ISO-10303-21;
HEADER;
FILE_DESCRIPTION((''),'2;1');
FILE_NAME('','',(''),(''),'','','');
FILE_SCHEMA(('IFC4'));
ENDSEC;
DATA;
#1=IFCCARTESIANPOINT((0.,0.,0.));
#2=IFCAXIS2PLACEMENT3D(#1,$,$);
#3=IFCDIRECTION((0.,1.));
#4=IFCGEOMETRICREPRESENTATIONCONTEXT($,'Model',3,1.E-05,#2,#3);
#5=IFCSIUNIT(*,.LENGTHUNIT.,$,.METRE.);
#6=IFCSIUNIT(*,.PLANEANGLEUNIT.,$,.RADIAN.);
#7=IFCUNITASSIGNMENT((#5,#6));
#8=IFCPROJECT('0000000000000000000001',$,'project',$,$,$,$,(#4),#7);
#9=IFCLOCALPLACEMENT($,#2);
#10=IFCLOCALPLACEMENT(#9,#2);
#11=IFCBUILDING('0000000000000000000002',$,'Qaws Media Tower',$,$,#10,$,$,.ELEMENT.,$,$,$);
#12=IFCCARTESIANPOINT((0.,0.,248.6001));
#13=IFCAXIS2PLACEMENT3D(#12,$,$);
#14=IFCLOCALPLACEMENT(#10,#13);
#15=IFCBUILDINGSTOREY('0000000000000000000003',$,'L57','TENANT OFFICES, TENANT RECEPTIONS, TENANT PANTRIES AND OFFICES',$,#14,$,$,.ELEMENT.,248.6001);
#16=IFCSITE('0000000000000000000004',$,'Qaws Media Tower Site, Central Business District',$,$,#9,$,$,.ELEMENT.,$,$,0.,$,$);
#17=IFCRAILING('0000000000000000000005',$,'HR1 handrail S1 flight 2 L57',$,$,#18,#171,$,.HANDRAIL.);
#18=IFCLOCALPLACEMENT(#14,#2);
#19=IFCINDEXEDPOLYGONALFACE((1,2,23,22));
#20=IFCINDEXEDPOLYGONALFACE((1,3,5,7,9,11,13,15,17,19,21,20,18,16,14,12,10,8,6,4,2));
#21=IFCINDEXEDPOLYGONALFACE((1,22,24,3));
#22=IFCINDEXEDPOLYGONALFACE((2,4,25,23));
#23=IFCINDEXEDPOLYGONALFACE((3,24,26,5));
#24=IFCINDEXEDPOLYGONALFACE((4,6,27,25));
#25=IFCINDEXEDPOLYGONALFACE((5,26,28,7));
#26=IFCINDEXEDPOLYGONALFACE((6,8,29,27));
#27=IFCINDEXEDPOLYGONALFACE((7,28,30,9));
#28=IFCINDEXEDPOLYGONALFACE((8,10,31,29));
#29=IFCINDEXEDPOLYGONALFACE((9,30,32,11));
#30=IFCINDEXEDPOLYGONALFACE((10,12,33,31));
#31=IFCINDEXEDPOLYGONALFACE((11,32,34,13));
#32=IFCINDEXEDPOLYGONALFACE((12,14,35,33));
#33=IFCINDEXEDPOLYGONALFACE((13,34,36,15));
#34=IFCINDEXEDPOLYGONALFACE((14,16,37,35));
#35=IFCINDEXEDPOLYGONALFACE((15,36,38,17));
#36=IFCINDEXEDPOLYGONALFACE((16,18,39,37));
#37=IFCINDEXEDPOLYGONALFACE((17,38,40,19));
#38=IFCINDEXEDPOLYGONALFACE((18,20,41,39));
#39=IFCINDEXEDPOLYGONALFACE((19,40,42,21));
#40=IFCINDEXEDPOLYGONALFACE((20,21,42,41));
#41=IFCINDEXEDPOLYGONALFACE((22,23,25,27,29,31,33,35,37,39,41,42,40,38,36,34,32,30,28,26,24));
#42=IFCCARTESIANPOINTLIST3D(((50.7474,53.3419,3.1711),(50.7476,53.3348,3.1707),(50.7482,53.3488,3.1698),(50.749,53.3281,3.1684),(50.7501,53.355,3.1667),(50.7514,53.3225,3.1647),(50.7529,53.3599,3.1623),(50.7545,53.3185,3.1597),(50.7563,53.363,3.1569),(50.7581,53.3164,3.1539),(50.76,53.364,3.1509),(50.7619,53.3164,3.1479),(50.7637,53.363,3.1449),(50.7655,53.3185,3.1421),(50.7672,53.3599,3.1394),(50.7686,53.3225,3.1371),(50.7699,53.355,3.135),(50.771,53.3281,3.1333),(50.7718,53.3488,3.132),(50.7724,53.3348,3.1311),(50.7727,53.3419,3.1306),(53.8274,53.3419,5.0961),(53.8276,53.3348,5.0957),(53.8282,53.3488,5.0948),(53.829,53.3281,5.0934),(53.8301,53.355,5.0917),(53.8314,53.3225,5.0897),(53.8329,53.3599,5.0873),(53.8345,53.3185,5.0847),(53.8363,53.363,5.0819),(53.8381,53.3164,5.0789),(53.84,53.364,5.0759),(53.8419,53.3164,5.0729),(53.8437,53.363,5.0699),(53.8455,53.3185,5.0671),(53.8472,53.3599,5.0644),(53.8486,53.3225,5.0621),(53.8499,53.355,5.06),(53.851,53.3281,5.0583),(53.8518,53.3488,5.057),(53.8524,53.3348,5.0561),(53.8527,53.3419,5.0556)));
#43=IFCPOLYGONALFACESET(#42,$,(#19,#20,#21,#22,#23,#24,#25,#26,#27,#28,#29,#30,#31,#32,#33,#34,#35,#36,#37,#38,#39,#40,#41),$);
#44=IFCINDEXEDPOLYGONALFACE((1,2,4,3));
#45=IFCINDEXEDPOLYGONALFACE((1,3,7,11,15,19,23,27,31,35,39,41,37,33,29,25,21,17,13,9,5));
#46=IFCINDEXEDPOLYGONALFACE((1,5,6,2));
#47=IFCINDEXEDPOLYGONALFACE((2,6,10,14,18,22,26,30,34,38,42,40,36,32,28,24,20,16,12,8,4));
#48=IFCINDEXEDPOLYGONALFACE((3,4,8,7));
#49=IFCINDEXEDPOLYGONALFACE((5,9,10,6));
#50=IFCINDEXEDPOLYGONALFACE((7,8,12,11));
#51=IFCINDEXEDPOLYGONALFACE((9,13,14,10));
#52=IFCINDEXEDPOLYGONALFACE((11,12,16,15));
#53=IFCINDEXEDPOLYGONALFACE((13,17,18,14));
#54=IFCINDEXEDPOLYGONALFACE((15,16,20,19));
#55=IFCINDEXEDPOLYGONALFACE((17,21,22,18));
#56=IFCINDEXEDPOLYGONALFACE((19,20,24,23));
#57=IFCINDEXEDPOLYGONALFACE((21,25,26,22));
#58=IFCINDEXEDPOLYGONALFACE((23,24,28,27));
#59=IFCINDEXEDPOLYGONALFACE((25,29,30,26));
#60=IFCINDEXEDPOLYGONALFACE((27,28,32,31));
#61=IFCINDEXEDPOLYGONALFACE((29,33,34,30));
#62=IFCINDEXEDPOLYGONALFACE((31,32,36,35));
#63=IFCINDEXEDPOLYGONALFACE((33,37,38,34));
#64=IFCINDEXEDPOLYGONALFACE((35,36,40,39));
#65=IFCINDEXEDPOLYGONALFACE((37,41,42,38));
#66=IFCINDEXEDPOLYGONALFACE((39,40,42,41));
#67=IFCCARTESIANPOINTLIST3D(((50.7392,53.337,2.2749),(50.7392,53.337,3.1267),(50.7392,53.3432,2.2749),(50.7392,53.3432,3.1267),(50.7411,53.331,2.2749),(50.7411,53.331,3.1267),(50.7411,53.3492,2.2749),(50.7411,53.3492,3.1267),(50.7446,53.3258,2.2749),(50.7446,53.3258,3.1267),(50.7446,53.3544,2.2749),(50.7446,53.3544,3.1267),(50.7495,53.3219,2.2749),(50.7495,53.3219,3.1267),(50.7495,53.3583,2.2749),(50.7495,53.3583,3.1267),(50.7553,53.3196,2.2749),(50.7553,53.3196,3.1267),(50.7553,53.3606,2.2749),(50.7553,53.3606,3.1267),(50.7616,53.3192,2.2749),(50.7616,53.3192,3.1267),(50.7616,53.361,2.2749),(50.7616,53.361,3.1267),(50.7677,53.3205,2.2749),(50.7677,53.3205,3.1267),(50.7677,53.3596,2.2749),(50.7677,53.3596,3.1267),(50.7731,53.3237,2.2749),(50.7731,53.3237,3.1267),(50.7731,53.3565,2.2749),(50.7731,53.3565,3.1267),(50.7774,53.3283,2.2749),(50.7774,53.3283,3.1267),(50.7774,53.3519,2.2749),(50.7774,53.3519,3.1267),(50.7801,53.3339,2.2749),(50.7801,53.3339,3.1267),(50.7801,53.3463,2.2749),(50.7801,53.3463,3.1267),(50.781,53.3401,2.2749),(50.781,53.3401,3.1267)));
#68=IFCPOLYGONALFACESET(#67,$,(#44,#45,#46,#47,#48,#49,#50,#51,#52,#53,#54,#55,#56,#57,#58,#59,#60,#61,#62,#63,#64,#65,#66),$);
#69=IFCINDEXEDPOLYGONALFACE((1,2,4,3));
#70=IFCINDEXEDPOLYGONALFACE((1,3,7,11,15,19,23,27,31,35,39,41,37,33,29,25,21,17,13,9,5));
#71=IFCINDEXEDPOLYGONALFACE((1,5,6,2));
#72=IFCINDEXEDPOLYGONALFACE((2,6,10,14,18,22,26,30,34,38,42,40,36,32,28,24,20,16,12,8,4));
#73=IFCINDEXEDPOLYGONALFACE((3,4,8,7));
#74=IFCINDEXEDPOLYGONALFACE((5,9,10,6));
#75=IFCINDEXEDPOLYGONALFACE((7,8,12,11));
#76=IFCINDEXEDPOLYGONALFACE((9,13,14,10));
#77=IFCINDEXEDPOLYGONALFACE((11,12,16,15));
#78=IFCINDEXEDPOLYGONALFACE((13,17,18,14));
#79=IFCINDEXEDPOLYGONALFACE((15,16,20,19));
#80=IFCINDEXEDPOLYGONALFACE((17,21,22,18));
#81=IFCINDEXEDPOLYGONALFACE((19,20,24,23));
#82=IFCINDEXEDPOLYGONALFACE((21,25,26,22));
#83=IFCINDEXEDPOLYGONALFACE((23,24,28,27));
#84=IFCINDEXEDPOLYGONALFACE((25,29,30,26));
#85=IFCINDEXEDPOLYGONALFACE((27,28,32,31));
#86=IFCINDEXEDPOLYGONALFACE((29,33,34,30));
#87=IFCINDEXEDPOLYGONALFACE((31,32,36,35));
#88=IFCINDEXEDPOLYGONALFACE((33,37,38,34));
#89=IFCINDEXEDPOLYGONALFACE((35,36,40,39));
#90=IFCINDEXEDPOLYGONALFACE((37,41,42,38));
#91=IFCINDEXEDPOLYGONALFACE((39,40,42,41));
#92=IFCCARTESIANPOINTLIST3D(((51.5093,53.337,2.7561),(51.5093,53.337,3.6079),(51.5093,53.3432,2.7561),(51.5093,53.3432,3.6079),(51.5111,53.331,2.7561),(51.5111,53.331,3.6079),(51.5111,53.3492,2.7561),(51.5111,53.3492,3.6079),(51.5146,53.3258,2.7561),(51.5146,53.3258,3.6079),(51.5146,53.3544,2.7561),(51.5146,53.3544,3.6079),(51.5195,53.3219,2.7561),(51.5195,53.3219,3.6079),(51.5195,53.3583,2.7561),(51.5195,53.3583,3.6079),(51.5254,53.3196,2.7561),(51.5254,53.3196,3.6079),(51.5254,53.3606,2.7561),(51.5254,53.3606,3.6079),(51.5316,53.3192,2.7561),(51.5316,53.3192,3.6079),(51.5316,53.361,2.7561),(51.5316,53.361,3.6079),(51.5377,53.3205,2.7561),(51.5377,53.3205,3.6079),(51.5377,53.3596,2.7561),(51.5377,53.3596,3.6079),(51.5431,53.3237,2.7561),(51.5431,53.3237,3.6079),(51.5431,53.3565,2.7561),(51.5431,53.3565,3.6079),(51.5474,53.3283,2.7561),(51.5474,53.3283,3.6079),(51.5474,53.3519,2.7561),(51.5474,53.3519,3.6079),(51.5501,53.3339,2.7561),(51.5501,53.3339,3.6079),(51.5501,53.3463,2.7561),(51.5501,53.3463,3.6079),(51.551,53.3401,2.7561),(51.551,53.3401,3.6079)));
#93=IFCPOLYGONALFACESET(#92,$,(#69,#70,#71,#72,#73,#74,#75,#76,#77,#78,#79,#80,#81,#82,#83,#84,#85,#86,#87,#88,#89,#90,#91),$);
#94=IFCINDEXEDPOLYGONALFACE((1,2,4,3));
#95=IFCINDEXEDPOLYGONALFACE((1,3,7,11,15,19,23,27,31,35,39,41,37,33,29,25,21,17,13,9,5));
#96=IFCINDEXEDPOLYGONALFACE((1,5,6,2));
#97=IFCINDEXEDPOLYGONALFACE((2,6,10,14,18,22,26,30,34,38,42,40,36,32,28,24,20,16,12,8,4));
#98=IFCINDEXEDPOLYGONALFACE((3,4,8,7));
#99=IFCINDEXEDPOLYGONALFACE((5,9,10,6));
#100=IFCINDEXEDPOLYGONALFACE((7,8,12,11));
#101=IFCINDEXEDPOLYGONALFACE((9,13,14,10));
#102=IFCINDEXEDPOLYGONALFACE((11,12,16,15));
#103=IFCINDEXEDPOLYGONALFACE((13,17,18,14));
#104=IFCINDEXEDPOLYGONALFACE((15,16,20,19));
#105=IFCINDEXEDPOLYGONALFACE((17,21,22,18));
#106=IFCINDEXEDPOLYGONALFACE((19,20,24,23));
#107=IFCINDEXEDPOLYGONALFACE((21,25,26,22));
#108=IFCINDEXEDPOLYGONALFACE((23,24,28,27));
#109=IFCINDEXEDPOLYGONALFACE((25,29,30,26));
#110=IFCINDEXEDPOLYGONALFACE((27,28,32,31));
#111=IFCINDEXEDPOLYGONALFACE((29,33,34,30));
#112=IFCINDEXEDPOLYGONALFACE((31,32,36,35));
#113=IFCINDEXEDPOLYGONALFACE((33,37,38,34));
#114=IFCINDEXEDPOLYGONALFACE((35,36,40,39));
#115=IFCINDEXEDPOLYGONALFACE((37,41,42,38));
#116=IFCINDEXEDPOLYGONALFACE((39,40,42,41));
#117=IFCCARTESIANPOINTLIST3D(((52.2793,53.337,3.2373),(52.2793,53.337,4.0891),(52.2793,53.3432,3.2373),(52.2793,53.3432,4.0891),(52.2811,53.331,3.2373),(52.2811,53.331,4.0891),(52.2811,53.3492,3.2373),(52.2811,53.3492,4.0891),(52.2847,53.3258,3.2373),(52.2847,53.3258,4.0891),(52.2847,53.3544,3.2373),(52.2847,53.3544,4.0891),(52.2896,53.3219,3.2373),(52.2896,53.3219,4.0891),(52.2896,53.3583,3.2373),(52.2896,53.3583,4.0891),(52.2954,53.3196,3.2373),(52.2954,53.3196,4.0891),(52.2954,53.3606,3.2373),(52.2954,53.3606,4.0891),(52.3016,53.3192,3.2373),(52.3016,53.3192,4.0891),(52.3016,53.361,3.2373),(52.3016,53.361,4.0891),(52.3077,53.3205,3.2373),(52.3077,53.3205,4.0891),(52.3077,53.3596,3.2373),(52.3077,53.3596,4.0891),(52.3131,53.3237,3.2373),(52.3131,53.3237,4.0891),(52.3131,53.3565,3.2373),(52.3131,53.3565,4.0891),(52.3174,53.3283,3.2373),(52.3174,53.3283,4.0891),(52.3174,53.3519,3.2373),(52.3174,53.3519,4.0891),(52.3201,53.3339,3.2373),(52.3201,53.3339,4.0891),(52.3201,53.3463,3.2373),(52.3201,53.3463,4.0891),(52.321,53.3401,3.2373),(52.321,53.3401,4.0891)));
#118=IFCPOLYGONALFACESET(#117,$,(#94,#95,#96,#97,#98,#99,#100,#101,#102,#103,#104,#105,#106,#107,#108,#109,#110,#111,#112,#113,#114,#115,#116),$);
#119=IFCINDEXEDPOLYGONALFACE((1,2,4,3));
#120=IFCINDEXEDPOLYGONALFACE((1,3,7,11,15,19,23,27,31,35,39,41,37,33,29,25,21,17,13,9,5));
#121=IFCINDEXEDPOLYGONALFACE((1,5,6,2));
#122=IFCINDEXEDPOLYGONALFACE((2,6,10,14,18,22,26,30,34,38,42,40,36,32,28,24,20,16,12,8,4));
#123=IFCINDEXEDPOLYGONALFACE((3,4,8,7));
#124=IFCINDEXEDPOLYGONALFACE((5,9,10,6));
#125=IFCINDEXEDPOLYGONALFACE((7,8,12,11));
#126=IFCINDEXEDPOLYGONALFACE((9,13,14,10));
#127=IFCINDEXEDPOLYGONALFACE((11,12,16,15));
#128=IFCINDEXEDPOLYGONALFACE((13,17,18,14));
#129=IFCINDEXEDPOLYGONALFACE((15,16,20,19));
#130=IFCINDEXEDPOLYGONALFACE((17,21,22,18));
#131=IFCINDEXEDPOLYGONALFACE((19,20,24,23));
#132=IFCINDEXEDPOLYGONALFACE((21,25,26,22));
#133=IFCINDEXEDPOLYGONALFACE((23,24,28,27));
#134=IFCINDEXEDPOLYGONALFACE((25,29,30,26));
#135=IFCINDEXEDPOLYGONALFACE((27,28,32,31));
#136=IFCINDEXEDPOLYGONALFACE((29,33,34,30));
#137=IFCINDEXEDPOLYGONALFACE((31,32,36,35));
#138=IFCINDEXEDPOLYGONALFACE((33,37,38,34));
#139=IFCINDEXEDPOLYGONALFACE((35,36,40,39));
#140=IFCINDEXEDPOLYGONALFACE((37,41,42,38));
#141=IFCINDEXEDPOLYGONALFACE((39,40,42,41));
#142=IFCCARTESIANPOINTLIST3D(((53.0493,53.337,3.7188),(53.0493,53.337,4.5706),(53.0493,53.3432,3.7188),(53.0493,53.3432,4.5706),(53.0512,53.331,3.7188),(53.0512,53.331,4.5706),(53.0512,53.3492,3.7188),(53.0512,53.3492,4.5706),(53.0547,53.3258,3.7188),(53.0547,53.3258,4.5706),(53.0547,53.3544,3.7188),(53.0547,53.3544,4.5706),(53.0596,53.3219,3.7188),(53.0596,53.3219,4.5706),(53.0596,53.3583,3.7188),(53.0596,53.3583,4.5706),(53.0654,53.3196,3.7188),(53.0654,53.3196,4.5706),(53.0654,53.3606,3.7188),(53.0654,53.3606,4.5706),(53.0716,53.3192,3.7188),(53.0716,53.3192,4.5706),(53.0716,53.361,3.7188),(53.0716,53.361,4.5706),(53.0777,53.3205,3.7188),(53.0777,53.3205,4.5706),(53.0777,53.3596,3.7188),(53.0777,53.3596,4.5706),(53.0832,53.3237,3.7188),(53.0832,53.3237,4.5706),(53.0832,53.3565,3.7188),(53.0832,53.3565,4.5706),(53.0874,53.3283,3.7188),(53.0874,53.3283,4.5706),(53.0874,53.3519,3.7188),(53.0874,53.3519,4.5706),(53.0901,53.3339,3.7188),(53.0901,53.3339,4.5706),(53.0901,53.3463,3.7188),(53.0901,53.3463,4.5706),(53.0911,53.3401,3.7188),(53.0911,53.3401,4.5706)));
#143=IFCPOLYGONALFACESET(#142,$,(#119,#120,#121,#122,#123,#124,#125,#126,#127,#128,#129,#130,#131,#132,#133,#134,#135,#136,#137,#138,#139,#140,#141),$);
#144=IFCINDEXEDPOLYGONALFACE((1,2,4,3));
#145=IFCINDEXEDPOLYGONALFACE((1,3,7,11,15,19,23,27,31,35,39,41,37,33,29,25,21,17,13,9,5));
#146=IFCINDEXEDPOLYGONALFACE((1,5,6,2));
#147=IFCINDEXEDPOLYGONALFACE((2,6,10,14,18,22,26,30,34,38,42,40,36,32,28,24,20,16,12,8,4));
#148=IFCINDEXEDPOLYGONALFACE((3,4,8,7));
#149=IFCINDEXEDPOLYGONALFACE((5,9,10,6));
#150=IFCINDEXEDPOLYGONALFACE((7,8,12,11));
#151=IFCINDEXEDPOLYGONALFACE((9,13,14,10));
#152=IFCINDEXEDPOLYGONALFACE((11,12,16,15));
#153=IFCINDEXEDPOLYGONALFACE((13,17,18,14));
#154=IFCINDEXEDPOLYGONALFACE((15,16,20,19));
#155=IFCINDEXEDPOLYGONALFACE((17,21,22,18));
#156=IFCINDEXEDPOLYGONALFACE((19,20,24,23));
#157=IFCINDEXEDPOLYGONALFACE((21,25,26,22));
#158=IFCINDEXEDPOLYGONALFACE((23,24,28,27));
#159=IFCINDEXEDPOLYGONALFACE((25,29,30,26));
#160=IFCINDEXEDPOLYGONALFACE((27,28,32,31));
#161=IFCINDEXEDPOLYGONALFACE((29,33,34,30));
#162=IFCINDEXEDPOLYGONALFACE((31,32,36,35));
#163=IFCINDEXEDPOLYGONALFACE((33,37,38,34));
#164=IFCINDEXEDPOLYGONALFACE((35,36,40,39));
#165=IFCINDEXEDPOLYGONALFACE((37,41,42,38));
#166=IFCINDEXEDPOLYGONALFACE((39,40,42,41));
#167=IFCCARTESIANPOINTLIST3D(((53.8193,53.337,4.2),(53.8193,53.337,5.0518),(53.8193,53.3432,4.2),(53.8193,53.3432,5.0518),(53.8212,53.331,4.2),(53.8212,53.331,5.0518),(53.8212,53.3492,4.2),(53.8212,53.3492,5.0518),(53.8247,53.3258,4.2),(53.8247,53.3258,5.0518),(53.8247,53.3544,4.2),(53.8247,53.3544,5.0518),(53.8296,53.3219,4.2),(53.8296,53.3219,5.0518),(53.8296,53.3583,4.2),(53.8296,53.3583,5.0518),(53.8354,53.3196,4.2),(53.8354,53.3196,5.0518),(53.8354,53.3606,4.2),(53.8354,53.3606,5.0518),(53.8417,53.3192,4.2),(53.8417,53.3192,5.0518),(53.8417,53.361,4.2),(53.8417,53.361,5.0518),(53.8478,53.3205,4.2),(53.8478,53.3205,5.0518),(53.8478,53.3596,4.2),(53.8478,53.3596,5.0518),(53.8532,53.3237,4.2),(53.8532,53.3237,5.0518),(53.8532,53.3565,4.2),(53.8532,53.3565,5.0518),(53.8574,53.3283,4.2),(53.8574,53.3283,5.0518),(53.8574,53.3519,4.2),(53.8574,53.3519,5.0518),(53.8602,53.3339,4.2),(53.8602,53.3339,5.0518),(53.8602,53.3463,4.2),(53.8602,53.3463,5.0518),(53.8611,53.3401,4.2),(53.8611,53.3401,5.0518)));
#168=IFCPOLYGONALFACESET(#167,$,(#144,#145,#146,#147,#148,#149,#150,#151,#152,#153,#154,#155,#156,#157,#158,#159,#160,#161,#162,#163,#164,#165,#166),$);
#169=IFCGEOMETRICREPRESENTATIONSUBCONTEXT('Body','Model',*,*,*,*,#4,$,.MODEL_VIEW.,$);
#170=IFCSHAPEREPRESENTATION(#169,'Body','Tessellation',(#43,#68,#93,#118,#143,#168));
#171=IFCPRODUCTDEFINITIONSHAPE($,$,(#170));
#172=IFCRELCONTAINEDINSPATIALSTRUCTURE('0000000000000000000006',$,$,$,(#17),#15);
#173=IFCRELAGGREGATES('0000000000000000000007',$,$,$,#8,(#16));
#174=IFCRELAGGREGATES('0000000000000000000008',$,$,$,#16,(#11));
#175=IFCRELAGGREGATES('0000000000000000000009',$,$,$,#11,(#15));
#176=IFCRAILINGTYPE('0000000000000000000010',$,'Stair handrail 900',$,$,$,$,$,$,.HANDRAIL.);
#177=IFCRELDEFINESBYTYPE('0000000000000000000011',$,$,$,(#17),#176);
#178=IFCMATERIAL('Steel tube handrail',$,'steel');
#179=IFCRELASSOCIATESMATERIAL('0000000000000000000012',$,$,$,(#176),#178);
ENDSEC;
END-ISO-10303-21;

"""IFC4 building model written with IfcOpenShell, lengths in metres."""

from ifc_helpers import new_model, si_unit, direction, frame, origin, origin_2d, place, context, subcontext, project, spatial, circle, extrude, material, type_object, element, save


model = new_model("IFC4")

# Units and contexts
model_context = context("Model", 3, precision=1e-05, world=origin(), true_north=direction((0.0, 1.0)))
body_context = subcontext(model_context, "Body", "Model", "MODEL_VIEW")
ifc_project = project(units=[si_unit("LENGTHUNIT", "METRE"), si_unit("PLANEANGLEUNIT", "RADIAN")], contexts=[model_context])

# Site, building, storey
site_placement = place(None, origin())
site = spatial("IfcSite", under=ifc_project, at=site_placement, Name="Qaws Media Tower Site, Central Business District", CompositionType="ELEMENT", RefElevation=0.0)
building_placement = place(site_placement, origin())
building = spatial("IfcBuilding", under=site, at=building_placement, Name="Qaws Media Tower", CompositionType="ELEMENT")
storey_placement = place(building_placement, frame((0.0, 0.0, 248.6001)))
storey = spatial("IfcBuildingStorey", under=building, at=storey_placement, Name="L57", Description="TENANT OFFICES, TENANT RECEPTIONS, TENANT PANTRIES AND OFFICES", CompositionType="ELEMENT", Elevation=248.6001)

# Railing
ifc_material_1 = material(Name="Steel tube handrail", Category="steel")
railing_type = type_object("IfcRailingType", Name="Stair handrail 900", PredefinedType="HANDRAIL", material=ifc_material_1)
for number, where, name in (
    (1, (50.76, 53.3401, 2.2749), "HR1 handrail S1 flight 2 L57"),
):
    element("IfcRailing", number, at=place(storey_placement, frame(where)), inside=storey, type_object=railing_type, Name=name, PredefinedType="HANDRAIL", context=body_context, shape_type="SweptSolid", body=[
        extrude(circle(Radius=0.0239, at=origin_2d()), frame((0.0, 0.0, 0.876), z_axis=(0.847998, 0.0, 0.529999), x_axis=(0.0, 1.0, 0.0)), (0.0, 0.0, 1.0), 3.6321),
        extrude(circle(Radius=0.021, at=origin_2d()), origin(), (0.0, 0.0, 1.0), 0.8518),
        extrude(circle(Radius=0.021, at=origin_2d()), frame((0.77, 0.0, 0.4812)), (0.0, 0.0, 1.0), 0.8518),
        extrude(circle(Radius=0.021, at=origin_2d()), frame((1.54, 0.0, 0.9624)), (0.0, 0.0, 1.0), 0.8518),
        extrude(circle(Radius=0.021, at=origin_2d()), frame((2.3101, 0.0, 1.4438)), (0.0, 0.0, 1.0), 0.8518),
        extrude(circle(Radius=0.021, at=origin_2d()), frame((3.0801, 0.0, 1.925)), (0.0, 0.0, 1.0), 0.8518),
    ])

save(model, "model.ifc")
